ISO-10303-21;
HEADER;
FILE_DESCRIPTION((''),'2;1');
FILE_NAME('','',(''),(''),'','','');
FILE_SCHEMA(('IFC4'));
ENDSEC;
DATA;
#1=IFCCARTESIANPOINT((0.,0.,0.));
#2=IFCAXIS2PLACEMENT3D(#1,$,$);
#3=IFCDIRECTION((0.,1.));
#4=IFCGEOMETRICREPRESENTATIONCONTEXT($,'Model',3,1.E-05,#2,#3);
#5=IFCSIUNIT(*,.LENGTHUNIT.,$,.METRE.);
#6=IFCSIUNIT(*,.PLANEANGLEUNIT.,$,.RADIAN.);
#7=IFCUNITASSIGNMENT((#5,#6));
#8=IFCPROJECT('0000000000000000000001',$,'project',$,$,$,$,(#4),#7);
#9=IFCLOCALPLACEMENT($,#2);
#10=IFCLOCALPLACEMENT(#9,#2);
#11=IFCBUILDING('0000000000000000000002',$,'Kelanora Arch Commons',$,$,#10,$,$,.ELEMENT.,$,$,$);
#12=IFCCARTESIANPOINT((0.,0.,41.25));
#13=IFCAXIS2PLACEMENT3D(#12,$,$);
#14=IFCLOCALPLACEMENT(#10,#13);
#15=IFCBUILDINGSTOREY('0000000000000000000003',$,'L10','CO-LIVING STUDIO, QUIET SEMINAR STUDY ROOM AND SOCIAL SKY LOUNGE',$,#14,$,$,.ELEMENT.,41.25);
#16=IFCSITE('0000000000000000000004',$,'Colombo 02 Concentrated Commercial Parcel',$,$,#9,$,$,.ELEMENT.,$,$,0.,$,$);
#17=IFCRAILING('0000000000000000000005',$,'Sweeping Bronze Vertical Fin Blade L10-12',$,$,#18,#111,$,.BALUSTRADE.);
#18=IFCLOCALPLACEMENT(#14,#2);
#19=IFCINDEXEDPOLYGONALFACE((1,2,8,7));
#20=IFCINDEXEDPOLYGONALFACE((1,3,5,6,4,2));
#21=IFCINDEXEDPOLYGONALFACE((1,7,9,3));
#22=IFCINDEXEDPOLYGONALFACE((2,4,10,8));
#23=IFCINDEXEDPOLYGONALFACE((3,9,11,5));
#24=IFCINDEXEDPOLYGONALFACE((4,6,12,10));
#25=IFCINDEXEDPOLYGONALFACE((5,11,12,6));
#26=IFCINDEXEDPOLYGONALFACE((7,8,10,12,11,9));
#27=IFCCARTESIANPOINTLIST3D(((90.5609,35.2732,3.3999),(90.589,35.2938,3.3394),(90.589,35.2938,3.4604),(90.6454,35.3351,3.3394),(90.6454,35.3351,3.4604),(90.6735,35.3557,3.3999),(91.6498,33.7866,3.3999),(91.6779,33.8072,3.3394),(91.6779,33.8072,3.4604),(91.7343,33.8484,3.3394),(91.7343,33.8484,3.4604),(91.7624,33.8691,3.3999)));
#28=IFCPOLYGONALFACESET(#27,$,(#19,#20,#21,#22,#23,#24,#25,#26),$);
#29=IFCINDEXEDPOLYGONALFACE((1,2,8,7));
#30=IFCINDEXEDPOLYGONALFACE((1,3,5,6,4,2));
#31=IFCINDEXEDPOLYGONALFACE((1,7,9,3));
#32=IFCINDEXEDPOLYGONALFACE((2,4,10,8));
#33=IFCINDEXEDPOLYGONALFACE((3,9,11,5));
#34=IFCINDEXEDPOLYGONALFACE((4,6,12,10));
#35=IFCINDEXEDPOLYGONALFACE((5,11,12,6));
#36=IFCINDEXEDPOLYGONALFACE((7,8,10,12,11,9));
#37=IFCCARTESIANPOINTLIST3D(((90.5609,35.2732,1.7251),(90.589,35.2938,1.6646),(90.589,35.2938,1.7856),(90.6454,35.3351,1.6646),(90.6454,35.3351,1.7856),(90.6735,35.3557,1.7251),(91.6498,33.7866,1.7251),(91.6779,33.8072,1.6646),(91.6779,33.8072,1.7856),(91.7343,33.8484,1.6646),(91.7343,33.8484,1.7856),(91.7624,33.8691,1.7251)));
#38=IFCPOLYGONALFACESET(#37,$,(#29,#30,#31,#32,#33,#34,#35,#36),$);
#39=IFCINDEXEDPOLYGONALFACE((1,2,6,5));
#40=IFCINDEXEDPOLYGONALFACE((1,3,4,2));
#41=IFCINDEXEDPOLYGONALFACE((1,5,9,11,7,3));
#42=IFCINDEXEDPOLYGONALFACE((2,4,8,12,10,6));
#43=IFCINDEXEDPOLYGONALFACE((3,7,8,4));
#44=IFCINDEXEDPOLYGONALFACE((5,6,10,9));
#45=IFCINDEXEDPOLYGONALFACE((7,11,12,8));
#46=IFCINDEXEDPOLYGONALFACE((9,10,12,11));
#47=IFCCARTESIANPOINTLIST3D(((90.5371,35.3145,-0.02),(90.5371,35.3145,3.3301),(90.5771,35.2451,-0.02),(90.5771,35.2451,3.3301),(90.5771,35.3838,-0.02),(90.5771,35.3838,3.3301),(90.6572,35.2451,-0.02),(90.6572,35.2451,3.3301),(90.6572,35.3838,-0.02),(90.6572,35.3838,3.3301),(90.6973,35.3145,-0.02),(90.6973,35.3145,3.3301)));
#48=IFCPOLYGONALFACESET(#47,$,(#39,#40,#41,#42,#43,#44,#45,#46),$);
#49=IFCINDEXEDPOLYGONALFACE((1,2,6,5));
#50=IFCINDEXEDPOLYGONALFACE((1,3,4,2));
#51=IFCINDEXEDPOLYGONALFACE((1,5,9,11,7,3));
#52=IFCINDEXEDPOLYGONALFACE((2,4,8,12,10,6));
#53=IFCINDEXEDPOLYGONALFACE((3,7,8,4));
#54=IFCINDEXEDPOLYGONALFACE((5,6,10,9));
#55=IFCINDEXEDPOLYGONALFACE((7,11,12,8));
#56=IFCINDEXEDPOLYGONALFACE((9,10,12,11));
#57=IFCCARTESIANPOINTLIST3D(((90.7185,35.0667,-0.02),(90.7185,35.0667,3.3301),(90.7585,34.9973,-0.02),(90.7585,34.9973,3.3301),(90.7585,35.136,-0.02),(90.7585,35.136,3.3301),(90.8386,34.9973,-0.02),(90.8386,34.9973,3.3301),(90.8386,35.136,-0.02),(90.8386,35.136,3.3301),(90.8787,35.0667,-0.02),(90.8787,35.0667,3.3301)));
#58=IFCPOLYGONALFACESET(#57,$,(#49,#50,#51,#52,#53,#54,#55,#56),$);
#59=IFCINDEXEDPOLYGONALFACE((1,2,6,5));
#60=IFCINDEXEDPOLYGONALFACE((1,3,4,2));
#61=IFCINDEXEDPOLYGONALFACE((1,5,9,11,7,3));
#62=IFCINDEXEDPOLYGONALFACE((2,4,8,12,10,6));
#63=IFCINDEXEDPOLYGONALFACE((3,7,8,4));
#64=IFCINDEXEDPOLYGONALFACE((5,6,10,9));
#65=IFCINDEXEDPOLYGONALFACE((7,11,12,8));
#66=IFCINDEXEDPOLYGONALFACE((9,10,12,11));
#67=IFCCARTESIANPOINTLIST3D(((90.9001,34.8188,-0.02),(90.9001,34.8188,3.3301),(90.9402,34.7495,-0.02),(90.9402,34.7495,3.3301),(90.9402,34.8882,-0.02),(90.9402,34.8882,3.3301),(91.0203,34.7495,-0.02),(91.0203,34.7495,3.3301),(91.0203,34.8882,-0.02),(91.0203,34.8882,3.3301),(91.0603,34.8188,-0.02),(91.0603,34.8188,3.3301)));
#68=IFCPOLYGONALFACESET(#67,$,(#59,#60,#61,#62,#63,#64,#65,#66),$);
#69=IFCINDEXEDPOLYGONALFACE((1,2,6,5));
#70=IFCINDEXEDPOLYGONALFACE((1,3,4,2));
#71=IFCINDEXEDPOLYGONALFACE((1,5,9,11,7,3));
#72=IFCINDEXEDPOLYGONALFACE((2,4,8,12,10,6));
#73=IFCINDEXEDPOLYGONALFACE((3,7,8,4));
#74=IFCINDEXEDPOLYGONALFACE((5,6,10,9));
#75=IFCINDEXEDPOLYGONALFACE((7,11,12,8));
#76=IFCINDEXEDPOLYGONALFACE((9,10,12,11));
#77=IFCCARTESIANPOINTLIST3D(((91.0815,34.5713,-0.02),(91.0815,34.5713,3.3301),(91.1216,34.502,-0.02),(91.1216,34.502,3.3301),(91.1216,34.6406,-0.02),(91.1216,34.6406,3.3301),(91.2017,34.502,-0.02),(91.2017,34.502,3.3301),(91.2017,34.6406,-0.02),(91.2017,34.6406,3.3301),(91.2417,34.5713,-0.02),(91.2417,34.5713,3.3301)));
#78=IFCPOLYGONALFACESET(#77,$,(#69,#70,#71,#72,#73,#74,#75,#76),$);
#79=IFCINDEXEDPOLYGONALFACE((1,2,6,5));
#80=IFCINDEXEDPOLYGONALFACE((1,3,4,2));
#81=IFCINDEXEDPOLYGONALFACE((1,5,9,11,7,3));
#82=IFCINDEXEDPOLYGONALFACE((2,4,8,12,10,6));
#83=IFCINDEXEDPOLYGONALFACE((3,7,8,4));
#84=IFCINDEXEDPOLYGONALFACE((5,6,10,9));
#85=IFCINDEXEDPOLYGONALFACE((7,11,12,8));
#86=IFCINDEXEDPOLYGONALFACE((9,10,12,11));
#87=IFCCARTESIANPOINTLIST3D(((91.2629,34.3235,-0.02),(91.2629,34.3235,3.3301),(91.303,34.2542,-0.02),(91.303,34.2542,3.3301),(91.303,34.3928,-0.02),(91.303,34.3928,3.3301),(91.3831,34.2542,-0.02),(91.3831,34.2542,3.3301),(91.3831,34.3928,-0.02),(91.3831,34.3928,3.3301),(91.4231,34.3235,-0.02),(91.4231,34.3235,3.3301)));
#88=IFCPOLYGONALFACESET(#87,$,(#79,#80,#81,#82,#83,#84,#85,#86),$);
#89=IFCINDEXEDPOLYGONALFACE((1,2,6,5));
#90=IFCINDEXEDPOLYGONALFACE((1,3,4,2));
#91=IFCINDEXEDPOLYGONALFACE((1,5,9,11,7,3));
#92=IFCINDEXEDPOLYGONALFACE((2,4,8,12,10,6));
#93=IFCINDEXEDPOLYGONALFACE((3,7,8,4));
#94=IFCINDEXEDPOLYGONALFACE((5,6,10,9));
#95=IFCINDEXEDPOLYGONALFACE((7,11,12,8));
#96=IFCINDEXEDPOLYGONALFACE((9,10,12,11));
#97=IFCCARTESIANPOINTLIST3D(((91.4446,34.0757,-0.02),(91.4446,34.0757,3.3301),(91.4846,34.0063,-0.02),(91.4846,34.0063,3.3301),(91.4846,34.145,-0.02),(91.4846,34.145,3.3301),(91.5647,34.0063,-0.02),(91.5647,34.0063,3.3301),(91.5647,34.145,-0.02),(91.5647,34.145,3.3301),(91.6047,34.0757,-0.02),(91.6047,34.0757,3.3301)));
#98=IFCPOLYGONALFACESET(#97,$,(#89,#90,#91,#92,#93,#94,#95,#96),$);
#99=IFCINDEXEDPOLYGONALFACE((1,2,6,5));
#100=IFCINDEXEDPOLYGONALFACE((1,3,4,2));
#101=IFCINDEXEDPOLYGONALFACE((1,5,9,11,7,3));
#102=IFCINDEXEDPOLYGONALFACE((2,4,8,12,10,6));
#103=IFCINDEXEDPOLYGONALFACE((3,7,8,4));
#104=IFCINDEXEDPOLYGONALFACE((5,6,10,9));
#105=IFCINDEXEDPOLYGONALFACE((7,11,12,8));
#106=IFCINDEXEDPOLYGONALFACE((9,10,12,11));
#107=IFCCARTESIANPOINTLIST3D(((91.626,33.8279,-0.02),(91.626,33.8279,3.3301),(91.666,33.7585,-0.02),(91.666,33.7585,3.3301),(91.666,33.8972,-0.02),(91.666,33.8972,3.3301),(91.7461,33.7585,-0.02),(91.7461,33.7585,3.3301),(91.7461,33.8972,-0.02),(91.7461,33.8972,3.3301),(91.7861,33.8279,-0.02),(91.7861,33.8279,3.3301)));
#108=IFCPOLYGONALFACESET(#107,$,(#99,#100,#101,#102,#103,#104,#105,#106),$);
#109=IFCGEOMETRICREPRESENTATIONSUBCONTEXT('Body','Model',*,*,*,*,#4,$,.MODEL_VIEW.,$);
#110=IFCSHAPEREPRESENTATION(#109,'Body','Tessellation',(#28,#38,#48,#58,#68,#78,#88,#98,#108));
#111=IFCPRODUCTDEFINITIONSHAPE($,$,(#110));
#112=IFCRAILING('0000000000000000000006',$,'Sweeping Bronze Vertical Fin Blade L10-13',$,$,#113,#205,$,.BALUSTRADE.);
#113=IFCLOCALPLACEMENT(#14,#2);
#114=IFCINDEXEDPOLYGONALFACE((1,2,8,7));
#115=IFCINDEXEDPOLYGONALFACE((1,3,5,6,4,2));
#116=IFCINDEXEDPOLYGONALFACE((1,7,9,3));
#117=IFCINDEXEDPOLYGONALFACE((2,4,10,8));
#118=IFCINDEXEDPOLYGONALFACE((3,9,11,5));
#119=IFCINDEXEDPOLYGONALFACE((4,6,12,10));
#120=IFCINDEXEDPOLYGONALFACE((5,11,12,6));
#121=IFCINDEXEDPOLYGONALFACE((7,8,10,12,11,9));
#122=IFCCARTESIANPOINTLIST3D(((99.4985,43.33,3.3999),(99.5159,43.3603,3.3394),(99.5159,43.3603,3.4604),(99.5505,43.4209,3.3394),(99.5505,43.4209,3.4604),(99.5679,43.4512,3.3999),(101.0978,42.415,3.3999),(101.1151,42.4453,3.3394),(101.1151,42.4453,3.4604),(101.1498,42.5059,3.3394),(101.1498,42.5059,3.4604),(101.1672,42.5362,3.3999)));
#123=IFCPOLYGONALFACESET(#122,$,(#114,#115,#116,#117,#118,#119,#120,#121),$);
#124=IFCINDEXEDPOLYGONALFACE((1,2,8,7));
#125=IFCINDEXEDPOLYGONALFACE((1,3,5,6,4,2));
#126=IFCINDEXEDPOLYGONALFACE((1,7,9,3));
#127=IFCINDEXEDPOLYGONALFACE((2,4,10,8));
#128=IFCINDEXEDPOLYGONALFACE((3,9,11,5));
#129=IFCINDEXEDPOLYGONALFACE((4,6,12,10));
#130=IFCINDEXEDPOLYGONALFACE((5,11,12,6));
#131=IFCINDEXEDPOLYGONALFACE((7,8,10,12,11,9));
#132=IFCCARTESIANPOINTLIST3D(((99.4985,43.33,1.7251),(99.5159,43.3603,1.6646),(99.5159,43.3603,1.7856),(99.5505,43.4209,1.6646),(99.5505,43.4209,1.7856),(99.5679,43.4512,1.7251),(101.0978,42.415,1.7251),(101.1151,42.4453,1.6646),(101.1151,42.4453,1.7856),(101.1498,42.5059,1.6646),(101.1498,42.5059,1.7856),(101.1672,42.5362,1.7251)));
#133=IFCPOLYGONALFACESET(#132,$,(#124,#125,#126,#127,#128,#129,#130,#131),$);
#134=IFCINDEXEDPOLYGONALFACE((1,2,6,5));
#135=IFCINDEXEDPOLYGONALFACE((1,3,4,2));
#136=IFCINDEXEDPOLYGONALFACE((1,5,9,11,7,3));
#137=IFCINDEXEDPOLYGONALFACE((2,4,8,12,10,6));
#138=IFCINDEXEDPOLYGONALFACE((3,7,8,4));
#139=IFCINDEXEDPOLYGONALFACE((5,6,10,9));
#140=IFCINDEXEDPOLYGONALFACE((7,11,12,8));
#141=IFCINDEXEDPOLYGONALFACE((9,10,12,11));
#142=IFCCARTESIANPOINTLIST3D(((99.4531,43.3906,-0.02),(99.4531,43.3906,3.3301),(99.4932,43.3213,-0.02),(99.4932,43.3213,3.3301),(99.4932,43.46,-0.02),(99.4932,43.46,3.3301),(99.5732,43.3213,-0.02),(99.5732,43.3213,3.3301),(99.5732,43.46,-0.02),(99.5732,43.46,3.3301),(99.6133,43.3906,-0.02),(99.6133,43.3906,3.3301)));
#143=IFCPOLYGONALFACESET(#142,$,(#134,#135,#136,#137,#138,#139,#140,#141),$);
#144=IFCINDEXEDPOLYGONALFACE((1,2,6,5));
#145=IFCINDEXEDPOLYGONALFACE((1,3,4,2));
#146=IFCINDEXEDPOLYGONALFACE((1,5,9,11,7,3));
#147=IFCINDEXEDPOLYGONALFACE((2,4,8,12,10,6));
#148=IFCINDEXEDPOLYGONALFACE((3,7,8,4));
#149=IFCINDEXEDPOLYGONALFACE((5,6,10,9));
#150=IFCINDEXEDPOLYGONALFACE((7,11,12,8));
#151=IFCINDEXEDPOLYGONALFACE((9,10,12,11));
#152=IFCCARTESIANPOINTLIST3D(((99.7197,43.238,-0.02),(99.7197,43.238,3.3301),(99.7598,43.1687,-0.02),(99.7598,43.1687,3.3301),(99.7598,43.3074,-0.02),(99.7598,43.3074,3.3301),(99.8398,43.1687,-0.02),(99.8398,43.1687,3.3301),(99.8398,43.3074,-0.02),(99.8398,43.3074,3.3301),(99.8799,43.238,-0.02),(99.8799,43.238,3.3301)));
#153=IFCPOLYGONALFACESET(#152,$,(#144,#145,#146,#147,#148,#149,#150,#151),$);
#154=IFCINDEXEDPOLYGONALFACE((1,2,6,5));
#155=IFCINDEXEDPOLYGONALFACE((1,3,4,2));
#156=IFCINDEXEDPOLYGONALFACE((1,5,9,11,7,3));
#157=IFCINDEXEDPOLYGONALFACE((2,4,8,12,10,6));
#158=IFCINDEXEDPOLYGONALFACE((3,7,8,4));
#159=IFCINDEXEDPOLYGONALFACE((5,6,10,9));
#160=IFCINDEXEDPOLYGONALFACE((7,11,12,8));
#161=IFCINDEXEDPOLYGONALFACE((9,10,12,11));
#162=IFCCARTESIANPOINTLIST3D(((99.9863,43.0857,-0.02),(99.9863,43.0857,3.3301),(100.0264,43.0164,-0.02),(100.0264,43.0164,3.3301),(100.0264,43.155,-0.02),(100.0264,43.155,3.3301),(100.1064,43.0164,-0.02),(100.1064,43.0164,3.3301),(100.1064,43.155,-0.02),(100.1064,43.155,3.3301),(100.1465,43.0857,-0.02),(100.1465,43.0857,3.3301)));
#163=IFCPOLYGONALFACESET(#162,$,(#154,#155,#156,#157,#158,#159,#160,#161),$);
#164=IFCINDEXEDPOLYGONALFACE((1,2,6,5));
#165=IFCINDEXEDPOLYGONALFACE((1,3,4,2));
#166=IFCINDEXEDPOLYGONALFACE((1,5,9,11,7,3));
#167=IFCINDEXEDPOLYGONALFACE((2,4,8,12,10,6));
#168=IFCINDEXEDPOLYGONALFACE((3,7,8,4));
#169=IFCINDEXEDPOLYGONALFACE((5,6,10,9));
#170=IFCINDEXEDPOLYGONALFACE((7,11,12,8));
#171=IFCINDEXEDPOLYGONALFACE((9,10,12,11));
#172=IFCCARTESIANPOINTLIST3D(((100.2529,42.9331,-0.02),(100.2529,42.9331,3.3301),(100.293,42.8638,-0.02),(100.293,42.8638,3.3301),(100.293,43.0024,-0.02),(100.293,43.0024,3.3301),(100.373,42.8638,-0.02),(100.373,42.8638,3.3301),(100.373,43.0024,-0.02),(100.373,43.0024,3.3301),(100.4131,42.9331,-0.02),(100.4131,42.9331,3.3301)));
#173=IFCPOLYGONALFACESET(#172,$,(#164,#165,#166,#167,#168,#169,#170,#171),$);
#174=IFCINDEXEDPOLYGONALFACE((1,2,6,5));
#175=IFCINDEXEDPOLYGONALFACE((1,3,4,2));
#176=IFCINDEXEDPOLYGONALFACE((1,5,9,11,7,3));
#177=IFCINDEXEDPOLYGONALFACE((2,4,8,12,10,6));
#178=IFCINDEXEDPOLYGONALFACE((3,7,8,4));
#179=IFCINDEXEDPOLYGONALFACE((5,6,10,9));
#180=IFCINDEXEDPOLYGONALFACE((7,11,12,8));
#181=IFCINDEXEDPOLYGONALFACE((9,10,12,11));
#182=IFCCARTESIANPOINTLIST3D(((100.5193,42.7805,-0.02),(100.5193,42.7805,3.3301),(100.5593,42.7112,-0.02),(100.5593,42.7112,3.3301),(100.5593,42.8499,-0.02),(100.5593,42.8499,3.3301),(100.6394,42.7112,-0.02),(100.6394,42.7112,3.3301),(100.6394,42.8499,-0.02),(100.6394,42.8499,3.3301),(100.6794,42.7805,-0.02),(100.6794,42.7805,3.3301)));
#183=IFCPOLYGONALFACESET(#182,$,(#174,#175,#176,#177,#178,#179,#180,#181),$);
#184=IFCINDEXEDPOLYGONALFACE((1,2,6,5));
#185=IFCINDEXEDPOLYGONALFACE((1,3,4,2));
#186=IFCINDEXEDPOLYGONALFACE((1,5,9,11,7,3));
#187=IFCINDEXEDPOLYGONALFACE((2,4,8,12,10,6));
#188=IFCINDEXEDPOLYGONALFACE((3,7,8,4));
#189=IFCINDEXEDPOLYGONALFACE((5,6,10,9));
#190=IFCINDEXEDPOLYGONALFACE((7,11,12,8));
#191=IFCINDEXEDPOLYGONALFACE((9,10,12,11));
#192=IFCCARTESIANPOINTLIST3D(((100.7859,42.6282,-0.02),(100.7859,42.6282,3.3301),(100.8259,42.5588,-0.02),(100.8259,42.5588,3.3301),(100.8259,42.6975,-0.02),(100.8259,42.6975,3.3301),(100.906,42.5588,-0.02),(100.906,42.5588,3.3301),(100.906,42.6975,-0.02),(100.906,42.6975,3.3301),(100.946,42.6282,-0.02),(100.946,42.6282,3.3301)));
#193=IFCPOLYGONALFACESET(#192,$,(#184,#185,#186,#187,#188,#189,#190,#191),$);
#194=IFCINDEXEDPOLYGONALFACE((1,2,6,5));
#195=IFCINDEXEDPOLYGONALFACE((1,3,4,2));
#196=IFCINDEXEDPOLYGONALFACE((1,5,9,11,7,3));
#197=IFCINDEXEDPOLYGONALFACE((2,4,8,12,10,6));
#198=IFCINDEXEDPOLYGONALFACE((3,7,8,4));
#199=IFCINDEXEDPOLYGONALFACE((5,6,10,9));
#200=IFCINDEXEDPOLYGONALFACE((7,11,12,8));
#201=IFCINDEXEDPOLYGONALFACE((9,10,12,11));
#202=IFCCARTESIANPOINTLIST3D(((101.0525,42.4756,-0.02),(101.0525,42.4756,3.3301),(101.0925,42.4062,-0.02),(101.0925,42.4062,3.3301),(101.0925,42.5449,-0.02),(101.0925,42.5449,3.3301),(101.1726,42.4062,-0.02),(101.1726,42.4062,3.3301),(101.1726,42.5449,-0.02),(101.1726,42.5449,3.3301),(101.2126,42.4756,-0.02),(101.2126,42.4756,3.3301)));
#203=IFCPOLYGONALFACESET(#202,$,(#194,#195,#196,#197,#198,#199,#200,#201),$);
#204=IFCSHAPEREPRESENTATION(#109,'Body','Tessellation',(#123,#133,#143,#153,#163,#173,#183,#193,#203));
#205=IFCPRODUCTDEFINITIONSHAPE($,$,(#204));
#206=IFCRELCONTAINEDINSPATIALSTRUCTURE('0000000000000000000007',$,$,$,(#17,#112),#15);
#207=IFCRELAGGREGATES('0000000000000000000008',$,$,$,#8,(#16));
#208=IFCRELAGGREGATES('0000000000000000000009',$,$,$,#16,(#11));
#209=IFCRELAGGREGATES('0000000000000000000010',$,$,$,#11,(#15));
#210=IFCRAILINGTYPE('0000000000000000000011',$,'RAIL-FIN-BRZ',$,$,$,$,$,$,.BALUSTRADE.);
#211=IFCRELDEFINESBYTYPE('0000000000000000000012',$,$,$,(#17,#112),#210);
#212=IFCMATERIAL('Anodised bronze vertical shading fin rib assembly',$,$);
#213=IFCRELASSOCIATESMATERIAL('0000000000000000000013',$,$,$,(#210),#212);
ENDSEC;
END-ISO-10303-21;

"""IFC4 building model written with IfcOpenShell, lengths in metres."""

from ifc_helpers import new_model, si_unit, direction, frame, origin, place, context, subcontext, project, spatial, polyline, outline, extrude, material, type_object, element, save


model = new_model("IFC4")

# Units and contexts
model_context = context("Model", 3, precision=1e-05, world=origin(), true_north=direction((0.0, 1.0)))
body_context = subcontext(model_context, "Body", "Model", "MODEL_VIEW")
ifc_project = project(units=[si_unit("LENGTHUNIT", "METRE"), si_unit("PLANEANGLEUNIT", "RADIAN")], contexts=[model_context])

# Site, building, storey
site_placement = place(None, origin())
site = spatial("IfcSite", under=ifc_project, at=site_placement, Name="Colombo 02 Concentrated Commercial Parcel", CompositionType="ELEMENT", RefElevation=0.0)
building_placement = place(site_placement, origin())
building = spatial("IfcBuilding", under=site, at=building_placement, Name="Kelanora Arch Commons", CompositionType="ELEMENT")
storey_placement = place(building_placement, frame((0.0, 0.0, 41.25)))
storey = spatial("IfcBuildingStorey", under=building, at=storey_placement, Name="L10", Description="CO-LIVING STUDIO, QUIET SEMINAR STUDY ROOM AND SOCIAL SKY LOUNGE", CompositionType="ELEMENT", Elevation=41.25)

# Railings
ifc_material_1 = material(Name="Anodised bronze vertical shading fin rib assembly")
railing_type = type_object("IfcRailingType", Name="RAIL-FIN-BRZ", PredefinedType="BALUSTRADE", material=ifc_material_1)
railing_1_placement = place(storey_placement, frame((90.6172, 35.3145, -0.02)))
element("IfcRailing", 1, at=railing_1_placement, inside=storey, type_object=railing_type, Name="Sweeping Bronze Vertical Fin Blade L10-12", PredefinedType="BALUSTRADE", context=body_context, shape_type="SweptSolid", body=[
    extrude(outline(polyline([(0.0698, 0.0), (0.0349, 0.0605), (-0.0349, 0.0605), (-0.0698, 0.0), (-0.0349, -0.0605), (0.0349, -0.0605), (0.0698, 0.0)])), frame((0.0, 0.0, 3.4199), z_axis=(0.59091, -0.806738, 0.0), x_axis=(0.806738, 0.59091, 0.0)), (0.0, 0.0, 1.0), 1.8428),
    extrude(outline(polyline([(0.0698, 0.0), (0.0349, 0.0605), (-0.0349, 0.0605), (-0.0698, 0.0), (-0.0349, -0.0605), (0.0349, -0.0605), (0.0698, 0.0)])), frame((0.0, 0.0, 1.7451), z_axis=(0.59091, -0.806738, 0.0), x_axis=(0.806738, 0.59091, 0.0)), (0.0, 0.0, 1.0), 1.8428),
    extrude(outline(polyline([(0.0801, 0.0), (0.04, 0.0693), (-0.04, 0.0693), (-0.0801, 0.0), (-0.04, -0.0693), (0.04, -0.0693), (0.0801, 0.0)])), origin(), (0.0, 0.0, 1.0), 3.3501),
    extrude(outline(polyline([(0.0801, 0.0), (0.04, 0.0693), (-0.04, 0.0693), (-0.0801, 0.0), (-0.04, -0.0693), (0.04, -0.0693), (0.0801, 0.0)])), frame((0.1814, -0.2478, 0.0)), (0.0, 0.0, 1.0), 3.3501),
    extrude(outline(polyline([(0.0801, 0.0), (0.04, 0.0693), (-0.04, 0.0693), (-0.0801, 0.0), (-0.04, -0.0693), (0.04, -0.0693), (0.0801, 0.0)])), frame((0.363, -0.4956, 0.0)), (0.0, 0.0, 1.0), 3.3501),
    extrude(outline(polyline([(0.0801, 0.0), (0.04, 0.0693), (-0.04, 0.0693), (-0.0801, 0.0), (-0.04, -0.0693), (0.04, -0.0693), (0.0801, 0.0)])), frame((0.5444, -0.7432, 0.0)), (0.0, 0.0, 1.0), 3.3501),
    extrude(outline(polyline([(0.0801, 0.0), (0.04, 0.0693), (-0.04, 0.0693), (-0.0801, 0.0), (-0.04, -0.0693), (0.04, -0.0693), (0.0801, 0.0)])), frame((0.7258, -0.991, 0.0)), (0.0, 0.0, 1.0), 3.3501),
    extrude(outline(polyline([(0.0801, 0.0), (0.04, 0.0693), (-0.04, 0.0693), (-0.0801, 0.0), (-0.04, -0.0693), (0.04, -0.0693), (0.0801, 0.0)])), frame((0.9075, -1.2388, 0.0)), (0.0, 0.0, 1.0), 3.3501),
    extrude(outline(polyline([(0.0801, 0.0), (0.04, 0.0693), (-0.04, 0.0693), (-0.0801, 0.0), (-0.04, -0.0693), (0.04, -0.0693), (0.0801, 0.0)])), frame((1.0889, -1.4866, 0.0)), (0.0, 0.0, 1.0), 3.3501),
])
railing_2_placement = place(storey_placement, frame((99.5332, 43.3906, -0.02)))
element("IfcRailing", 2, at=railing_2_placement, inside=storey, type_object=railing_type, Name="Sweeping Bronze Vertical Fin Blade L10-13", PredefinedType="BALUSTRADE", context=body_context, shape_type="SweptSolid", body=[
    extrude(outline(polyline([(0.0698, 0.0), (0.0349, 0.0605), (-0.0349, 0.0605), (-0.0698, 0.0), (-0.0349, -0.0605), (0.0349, -0.0605), (0.0698, 0.0)])), frame((0.0, 0.0, 3.4199), z_axis=(0.867982, -0.496595, 0.0), x_axis=(0.496595, 0.867982, 0.0)), (0.0, 0.0, 1.0), 1.8425),
    extrude(outline(polyline([(0.0698, 0.0), (0.0349, 0.0605), (-0.0349, 0.0605), (-0.0698, 0.0), (-0.0349, -0.0605), (0.0349, -0.0605), (0.0698, 0.0)])), frame((0.0, 0.0, 1.7451), z_axis=(0.867982, -0.496595, 0.0), x_axis=(0.496595, 0.867982, 0.0)), (0.0, 0.0, 1.0), 1.8425),
    extrude(outline(polyline([(0.0801, 0.0), (0.04, 0.0693), (-0.04, 0.0693), (-0.0801, 0.0), (-0.04, -0.0693), (0.04, -0.0693), (0.0801, 0.0)])), origin(), (0.0, 0.0, 1.0), 3.3501),
    extrude(outline(polyline([(0.0801, 0.0), (0.04, 0.0693), (-0.04, 0.0693), (-0.0801, 0.0), (-0.04, -0.0693), (0.04, -0.0693), (0.0801, 0.0)])), frame((0.2666, -0.1526, 0.0)), (0.0, 0.0, 1.0), 3.3501),
    extrude(outline(polyline([(0.0801, 0.0), (0.04, 0.0693), (-0.04, 0.0693), (-0.0801, 0.0), (-0.04, -0.0693), (0.04, -0.0693), (0.0801, 0.0)])), frame((0.5332, -0.3049, 0.0)), (0.0, 0.0, 1.0), 3.3501),
    extrude(outline(polyline([(0.0801, 0.0), (0.04, 0.0693), (-0.04, 0.0693), (-0.0801, 0.0), (-0.04, -0.0693), (0.04, -0.0693), (0.0801, 0.0)])), frame((0.7998, -0.4575, 0.0)), (0.0, 0.0, 1.0), 3.3501),
    extrude(outline(polyline([(0.0801, 0.0), (0.04, 0.0693), (-0.04, 0.0693), (-0.0801, 0.0), (-0.04, -0.0693), (0.04, -0.0693), (0.0801, 0.0)])), frame((1.0662, -0.6101, 0.0)), (0.0, 0.0, 1.0), 3.3501),
    extrude(outline(polyline([(0.0801, 0.0), (0.04, 0.0693), (-0.04, 0.0693), (-0.0801, 0.0), (-0.04, -0.0693), (0.04, -0.0693), (0.0801, 0.0)])), frame((1.3328, -0.7625, 0.0)), (0.0, 0.0, 1.0), 3.3501),
    extrude(outline(polyline([(0.0801, 0.0), (0.04, 0.0693), (-0.04, 0.0693), (-0.0801, 0.0), (-0.04, -0.0693), (0.04, -0.0693), (0.0801, 0.0)])), frame((1.5994, -0.915, 0.0)), (0.0, 0.0, 1.0), 3.3501),
])

save(model, "model.ifc")
